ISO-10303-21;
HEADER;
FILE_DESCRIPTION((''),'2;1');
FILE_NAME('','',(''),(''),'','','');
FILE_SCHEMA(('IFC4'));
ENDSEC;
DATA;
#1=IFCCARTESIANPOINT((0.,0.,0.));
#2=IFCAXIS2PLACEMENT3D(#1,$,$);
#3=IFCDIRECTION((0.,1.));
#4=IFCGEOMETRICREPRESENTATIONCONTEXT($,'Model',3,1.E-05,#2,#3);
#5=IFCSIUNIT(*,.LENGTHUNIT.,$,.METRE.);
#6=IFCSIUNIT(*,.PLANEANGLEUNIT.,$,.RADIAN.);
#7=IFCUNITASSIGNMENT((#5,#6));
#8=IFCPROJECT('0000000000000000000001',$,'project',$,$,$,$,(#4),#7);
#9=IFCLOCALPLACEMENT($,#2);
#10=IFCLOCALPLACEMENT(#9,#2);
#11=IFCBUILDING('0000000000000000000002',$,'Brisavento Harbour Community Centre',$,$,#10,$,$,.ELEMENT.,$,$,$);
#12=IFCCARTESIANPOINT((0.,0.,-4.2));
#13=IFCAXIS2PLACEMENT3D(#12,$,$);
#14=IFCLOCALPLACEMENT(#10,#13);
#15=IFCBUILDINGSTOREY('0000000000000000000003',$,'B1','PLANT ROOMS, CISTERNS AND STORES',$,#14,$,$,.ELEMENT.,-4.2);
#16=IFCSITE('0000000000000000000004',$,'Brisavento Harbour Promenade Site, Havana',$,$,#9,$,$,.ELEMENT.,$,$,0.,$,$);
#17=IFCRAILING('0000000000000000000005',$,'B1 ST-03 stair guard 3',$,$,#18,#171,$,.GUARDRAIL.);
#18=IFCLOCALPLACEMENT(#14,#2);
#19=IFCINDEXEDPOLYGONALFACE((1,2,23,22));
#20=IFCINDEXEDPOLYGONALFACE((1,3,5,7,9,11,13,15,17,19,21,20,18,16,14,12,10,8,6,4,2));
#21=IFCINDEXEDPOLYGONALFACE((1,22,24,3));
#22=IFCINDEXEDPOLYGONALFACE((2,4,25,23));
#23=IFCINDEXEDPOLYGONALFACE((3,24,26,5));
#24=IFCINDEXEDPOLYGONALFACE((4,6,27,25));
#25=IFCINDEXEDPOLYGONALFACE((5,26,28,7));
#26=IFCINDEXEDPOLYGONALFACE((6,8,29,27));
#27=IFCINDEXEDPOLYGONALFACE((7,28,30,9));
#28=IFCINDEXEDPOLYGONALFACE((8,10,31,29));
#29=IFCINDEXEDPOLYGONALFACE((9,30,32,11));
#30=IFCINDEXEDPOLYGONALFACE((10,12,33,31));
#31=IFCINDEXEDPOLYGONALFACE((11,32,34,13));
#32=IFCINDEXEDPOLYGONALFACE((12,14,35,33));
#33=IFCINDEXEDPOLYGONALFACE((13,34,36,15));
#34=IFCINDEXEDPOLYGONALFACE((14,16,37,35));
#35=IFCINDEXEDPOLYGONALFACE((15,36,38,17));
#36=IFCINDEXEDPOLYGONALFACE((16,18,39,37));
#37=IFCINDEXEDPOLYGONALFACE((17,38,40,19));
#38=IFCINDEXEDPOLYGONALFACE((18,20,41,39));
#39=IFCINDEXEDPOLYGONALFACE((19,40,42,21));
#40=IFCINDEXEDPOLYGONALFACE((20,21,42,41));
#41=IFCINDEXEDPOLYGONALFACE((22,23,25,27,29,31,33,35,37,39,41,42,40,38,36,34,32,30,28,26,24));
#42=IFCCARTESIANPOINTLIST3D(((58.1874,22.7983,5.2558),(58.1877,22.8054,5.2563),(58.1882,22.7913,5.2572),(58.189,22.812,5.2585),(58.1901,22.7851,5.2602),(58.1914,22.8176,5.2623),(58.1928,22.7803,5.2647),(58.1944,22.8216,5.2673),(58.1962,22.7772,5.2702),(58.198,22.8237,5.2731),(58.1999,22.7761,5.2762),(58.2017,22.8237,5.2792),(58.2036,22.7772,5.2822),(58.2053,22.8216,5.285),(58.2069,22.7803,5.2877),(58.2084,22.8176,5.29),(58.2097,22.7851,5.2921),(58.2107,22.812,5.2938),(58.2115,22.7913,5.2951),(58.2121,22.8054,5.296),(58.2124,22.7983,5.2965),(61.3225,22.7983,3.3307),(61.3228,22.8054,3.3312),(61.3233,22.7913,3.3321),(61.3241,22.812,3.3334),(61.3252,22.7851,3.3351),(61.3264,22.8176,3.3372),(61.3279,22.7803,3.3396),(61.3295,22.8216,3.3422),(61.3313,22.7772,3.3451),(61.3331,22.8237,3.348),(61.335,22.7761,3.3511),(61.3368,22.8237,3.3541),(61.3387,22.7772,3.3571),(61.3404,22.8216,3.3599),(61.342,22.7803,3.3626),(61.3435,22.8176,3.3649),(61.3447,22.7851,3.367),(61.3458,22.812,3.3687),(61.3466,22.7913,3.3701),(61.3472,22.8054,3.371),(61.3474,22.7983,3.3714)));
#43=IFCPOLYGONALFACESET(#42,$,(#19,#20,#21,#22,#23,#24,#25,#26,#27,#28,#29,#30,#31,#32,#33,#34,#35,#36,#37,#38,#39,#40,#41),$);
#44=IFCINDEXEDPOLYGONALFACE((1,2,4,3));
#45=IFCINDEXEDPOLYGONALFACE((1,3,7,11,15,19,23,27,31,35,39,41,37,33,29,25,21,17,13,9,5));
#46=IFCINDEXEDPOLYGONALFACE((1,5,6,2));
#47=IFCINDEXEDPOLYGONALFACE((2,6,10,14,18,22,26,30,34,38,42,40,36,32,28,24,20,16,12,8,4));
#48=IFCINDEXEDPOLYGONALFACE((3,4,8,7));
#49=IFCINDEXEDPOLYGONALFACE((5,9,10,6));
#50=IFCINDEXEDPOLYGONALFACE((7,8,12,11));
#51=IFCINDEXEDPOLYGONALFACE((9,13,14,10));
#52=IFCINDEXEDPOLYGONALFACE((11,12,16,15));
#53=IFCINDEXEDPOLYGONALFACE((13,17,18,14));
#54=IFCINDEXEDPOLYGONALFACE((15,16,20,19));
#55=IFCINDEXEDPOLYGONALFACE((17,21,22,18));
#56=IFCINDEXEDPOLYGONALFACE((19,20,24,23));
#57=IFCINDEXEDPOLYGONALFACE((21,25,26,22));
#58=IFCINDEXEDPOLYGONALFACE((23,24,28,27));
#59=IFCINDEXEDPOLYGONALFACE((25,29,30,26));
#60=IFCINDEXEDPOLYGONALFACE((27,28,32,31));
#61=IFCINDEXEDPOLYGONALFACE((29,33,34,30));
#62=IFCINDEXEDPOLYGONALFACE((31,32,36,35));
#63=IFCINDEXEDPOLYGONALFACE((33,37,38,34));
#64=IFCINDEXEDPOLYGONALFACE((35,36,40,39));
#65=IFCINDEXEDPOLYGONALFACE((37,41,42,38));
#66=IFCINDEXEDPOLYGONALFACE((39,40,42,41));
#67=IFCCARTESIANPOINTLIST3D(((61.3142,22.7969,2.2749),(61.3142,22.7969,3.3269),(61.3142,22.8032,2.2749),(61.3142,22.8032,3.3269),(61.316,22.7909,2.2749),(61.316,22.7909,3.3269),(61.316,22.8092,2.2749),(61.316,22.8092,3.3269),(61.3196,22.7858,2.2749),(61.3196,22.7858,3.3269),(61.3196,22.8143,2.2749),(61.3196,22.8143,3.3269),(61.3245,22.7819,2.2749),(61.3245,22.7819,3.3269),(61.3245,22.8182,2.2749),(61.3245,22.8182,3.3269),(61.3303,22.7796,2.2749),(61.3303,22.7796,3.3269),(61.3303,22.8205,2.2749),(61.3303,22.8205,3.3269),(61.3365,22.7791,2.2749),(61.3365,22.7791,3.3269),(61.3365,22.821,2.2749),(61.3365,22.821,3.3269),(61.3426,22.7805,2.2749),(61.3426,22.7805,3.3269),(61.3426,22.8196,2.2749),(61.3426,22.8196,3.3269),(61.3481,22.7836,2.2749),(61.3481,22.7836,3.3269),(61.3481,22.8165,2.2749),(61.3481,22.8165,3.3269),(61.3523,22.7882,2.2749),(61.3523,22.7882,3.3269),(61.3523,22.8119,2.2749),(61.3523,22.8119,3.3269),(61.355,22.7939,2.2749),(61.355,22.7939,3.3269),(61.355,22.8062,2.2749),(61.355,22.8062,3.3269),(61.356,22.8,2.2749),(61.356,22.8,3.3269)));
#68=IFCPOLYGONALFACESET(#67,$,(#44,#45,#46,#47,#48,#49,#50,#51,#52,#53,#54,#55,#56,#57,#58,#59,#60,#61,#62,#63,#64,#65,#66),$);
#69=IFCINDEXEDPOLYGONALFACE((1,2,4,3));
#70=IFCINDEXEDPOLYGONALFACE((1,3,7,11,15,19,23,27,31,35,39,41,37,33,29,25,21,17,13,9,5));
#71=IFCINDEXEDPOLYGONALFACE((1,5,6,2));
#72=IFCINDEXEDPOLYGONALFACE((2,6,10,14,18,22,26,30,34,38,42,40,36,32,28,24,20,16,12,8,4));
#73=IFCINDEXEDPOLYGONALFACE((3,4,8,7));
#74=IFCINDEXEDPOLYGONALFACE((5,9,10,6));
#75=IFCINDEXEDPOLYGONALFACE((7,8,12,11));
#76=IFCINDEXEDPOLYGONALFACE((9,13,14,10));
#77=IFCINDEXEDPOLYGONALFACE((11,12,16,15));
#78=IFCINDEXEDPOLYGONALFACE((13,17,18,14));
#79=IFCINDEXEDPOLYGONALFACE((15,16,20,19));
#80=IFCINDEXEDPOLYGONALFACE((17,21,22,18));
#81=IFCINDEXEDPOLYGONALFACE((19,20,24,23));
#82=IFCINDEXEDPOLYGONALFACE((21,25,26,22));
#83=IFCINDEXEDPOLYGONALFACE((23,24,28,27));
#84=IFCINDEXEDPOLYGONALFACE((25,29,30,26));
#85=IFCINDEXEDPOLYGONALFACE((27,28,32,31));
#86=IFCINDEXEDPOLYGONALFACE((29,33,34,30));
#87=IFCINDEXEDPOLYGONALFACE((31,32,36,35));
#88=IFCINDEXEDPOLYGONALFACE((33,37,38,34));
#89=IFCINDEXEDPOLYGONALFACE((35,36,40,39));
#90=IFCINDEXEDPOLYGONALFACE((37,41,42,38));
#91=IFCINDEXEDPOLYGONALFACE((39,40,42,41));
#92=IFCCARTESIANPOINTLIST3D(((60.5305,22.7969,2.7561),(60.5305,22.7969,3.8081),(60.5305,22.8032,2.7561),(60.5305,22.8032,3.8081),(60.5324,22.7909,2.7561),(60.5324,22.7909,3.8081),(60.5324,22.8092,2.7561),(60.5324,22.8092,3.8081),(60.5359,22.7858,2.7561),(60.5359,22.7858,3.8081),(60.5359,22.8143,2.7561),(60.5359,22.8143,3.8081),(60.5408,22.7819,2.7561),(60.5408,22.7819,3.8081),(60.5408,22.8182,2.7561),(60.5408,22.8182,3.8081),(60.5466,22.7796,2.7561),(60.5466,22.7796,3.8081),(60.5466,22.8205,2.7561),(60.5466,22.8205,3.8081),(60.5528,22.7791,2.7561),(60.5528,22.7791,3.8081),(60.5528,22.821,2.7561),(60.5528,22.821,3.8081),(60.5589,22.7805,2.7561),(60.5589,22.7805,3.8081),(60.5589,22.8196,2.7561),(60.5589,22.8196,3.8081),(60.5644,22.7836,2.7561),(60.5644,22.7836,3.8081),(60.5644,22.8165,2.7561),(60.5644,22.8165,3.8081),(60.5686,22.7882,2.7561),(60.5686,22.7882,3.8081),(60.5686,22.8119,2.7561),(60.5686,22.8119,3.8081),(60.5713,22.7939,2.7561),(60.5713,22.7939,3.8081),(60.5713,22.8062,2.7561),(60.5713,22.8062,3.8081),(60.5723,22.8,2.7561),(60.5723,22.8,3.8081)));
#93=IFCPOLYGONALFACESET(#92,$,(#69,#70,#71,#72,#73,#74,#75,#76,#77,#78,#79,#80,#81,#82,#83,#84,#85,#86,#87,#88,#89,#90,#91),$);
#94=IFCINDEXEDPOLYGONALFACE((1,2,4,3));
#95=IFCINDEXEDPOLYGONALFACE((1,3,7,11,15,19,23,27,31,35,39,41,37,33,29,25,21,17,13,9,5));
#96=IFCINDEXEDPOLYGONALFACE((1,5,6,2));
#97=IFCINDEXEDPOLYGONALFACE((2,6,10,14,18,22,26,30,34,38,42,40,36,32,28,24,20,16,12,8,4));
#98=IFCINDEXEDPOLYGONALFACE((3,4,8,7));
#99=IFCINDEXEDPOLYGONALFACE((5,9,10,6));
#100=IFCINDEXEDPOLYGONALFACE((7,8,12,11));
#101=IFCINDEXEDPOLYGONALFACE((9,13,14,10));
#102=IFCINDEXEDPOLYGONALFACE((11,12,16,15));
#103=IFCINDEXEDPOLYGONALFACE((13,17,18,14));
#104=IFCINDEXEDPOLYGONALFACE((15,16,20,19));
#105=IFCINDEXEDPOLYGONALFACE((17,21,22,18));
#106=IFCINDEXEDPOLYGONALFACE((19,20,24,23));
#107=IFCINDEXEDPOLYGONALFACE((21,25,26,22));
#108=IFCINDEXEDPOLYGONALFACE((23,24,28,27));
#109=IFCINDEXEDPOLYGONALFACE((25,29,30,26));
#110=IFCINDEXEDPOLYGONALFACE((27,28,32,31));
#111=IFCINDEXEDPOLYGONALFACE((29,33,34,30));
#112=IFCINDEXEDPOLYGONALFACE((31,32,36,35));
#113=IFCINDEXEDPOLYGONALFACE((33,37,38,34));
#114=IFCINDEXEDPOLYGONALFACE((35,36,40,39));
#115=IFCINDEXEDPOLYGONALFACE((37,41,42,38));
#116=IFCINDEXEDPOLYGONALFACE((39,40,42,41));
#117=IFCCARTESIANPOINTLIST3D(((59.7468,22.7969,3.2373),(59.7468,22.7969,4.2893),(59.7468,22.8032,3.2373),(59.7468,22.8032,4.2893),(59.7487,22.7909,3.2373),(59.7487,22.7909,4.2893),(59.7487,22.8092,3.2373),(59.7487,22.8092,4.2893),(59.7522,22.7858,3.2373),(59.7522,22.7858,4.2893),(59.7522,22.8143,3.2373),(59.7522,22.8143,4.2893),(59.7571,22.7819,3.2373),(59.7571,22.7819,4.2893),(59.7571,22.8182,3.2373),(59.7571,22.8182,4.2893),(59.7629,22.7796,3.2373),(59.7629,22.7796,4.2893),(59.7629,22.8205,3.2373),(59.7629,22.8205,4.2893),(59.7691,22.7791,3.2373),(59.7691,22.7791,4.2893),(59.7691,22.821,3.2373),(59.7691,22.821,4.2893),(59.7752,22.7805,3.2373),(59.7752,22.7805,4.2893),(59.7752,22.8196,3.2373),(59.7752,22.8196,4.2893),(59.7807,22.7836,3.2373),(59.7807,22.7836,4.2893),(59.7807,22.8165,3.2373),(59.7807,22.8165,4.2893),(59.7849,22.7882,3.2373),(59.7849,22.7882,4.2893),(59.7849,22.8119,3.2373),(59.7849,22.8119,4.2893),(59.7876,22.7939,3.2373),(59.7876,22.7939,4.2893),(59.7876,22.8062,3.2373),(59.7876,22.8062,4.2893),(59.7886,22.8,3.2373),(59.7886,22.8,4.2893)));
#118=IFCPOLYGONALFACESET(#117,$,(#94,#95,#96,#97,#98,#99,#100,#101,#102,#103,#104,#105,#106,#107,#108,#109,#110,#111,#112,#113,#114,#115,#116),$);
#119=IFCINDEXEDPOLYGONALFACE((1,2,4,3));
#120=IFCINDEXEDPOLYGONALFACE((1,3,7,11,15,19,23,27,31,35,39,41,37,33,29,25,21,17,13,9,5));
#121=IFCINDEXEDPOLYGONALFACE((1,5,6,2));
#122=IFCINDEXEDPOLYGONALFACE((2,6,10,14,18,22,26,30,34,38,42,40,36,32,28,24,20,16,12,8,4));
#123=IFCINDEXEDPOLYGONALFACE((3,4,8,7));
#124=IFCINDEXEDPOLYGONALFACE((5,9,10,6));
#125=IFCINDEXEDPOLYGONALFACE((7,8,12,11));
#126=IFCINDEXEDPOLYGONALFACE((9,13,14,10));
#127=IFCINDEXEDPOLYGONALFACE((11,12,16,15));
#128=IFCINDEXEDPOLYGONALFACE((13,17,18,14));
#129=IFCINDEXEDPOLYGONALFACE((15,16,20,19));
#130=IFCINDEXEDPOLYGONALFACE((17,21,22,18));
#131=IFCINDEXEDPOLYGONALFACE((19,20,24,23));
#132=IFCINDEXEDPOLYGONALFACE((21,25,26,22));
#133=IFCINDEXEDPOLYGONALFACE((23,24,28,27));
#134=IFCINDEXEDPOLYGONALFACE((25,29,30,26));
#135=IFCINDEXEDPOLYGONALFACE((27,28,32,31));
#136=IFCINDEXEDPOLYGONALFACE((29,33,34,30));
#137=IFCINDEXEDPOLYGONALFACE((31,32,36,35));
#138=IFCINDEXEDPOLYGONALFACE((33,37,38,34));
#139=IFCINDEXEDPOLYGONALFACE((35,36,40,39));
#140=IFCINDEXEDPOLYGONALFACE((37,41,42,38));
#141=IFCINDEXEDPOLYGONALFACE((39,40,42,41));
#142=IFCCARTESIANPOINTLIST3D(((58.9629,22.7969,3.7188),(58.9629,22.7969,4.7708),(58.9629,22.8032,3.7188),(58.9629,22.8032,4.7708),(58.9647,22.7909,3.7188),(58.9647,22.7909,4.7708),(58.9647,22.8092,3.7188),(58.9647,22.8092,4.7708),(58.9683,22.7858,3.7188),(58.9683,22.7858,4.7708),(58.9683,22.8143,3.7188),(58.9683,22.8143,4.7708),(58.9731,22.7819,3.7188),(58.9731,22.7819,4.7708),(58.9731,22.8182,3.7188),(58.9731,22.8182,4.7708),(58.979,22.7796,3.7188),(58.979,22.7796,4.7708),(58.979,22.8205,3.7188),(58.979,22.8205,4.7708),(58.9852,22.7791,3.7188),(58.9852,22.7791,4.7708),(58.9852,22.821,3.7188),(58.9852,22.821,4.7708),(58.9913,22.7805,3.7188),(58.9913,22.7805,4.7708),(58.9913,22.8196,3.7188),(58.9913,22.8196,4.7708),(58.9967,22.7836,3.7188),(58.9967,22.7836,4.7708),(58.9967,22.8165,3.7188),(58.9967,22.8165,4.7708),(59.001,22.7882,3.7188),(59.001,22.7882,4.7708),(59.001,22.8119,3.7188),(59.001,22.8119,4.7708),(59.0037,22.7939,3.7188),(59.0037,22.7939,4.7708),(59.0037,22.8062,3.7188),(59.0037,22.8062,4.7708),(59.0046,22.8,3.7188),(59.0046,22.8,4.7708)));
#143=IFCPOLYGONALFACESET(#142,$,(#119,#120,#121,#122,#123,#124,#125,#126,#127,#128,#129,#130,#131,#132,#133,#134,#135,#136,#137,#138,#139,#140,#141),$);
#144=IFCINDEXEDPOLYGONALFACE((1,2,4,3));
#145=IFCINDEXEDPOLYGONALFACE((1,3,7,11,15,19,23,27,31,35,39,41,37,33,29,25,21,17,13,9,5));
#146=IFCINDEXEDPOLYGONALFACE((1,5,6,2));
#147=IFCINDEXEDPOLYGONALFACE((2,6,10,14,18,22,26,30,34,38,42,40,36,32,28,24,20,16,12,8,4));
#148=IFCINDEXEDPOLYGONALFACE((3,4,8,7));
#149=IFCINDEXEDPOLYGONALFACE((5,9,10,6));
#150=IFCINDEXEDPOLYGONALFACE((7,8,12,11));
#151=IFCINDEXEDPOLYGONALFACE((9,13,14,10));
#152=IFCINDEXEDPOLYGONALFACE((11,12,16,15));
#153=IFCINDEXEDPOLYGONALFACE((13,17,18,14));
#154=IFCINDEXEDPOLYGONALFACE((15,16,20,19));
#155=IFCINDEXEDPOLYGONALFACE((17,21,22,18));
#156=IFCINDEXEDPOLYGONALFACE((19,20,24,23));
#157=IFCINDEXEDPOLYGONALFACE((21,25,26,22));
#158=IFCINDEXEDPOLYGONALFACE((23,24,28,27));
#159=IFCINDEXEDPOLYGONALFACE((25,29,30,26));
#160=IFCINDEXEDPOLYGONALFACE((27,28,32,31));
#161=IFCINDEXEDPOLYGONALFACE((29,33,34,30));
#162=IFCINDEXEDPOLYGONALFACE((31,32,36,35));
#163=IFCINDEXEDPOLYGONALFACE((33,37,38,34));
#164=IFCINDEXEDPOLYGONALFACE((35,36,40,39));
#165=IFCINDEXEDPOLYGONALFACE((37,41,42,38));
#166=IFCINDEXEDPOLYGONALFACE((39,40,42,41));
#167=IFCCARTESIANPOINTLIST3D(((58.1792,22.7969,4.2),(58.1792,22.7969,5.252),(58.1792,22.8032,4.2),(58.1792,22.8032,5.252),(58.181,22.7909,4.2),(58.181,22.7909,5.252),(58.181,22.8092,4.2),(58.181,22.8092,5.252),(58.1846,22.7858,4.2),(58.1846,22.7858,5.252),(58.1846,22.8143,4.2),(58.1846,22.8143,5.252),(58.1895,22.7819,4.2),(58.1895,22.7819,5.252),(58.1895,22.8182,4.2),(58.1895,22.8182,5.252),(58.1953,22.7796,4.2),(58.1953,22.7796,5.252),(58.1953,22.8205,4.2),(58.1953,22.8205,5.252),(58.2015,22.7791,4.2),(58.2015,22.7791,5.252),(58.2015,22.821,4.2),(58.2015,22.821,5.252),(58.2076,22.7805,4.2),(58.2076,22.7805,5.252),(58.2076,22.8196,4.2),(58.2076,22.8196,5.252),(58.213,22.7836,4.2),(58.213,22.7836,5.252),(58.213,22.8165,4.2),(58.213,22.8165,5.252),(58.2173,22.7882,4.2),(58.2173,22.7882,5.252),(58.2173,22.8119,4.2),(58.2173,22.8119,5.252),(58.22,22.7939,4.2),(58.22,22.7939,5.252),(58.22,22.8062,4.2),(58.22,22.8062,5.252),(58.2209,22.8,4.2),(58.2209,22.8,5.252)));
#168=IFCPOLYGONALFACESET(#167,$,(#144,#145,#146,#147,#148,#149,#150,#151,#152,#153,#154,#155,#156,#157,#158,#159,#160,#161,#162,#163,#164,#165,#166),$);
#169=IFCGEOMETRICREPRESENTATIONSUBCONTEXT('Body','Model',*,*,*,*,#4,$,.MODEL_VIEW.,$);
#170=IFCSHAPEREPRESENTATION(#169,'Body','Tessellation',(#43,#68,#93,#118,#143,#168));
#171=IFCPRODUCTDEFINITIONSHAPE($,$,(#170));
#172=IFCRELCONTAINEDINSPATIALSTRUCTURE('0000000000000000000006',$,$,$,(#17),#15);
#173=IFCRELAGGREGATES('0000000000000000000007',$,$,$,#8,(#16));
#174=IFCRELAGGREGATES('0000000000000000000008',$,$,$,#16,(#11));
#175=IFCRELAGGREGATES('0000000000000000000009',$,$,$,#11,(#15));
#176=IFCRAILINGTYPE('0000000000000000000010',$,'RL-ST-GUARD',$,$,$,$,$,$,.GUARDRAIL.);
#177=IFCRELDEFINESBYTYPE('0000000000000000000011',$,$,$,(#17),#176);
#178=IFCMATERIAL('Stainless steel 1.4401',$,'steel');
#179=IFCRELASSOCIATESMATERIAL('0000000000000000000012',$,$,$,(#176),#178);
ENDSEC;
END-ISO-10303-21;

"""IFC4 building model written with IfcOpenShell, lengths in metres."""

from ifc_helpers import new_model, si_unit, direction, frame, origin, origin_2d, place, context, subcontext, project, spatial, circle, extrude, material, type_object, element, save


model = new_model("IFC4")

# Units and contexts
model_context = context("Model", 3, precision=1e-05, world=origin(), true_north=direction((0.0, 1.0)))
body_context = subcontext(model_context, "Body", "Model", "MODEL_VIEW")
ifc_project = project(units=[si_unit("LENGTHUNIT", "METRE"), si_unit("PLANEANGLEUNIT", "RADIAN")], contexts=[model_context])

# Site, building, storey
site_placement = place(None, origin())
site = spatial("IfcSite", under=ifc_project, at=site_placement, Name="Brisavento Harbour Promenade Site, Havana", CompositionType="ELEMENT", RefElevation=0.0)
building_placement = place(site_placement, origin())
building = spatial("IfcBuilding", under=site, at=building_placement, Name="Brisavento Harbour Community Centre", CompositionType="ELEMENT")
storey_placement = place(building_placement, frame((0.0, 0.0, -4.2)))
storey = spatial("IfcBuildingStorey", under=building, at=storey_placement, Name="B1", Description="PLANT ROOMS, CISTERNS AND STORES", CompositionType="ELEMENT", Elevation=-4.2)

# Railing
ifc_material_1 = material(Name="Stainless steel 1.4401", Category="steel")
railing_type_1 = type_object("IfcRailingType", Name="RL-ST-GUARD", PredefinedType="GUARDRAIL", material=ifc_material_1)
railing_1_placement = place(storey_placement, frame((61.335, 22.8, 2.2749)))
element("IfcRailing", 1, at=railing_1_placement, inside=storey, type_object=railing_type_1, Name="B1 ST-03 stair guard 3", PredefinedType="GUARDRAIL", context=body_context, shape_type="SweptSolid", body=[
    extrude(circle(Radius=0.0239, at=origin_2d()), frame((0.0, 0.0, 1.0762), z_axis=(-0.852166, 0.0, 0.523271), x_axis=(0.0, -1.0, 0.0)), (0.0, 0.0, 1.0), 3.679),
    extrude(circle(Radius=0.021, at=origin_2d()), origin(), (0.0, 0.0, 1.0), 1.052),
    extrude(circle(Radius=0.021, at=origin_2d()), frame((-0.7837, 0.0, 0.4812)), (0.0, 0.0, 1.0), 1.052),
    extrude(circle(Radius=0.021, at=origin_2d()), frame((-1.5674, 0.0, 0.9624)), (0.0, 0.0, 1.0), 1.052),
    extrude(circle(Radius=0.021, at=origin_2d()), frame((-2.3513, 0.0, 1.4438)), (0.0, 0.0, 1.0), 1.052),
    extrude(circle(Radius=0.021, at=origin_2d()), frame((-3.135, 0.0, 1.925)), (0.0, 0.0, 1.0), 1.052),
])

save(model, "model.ifc")
